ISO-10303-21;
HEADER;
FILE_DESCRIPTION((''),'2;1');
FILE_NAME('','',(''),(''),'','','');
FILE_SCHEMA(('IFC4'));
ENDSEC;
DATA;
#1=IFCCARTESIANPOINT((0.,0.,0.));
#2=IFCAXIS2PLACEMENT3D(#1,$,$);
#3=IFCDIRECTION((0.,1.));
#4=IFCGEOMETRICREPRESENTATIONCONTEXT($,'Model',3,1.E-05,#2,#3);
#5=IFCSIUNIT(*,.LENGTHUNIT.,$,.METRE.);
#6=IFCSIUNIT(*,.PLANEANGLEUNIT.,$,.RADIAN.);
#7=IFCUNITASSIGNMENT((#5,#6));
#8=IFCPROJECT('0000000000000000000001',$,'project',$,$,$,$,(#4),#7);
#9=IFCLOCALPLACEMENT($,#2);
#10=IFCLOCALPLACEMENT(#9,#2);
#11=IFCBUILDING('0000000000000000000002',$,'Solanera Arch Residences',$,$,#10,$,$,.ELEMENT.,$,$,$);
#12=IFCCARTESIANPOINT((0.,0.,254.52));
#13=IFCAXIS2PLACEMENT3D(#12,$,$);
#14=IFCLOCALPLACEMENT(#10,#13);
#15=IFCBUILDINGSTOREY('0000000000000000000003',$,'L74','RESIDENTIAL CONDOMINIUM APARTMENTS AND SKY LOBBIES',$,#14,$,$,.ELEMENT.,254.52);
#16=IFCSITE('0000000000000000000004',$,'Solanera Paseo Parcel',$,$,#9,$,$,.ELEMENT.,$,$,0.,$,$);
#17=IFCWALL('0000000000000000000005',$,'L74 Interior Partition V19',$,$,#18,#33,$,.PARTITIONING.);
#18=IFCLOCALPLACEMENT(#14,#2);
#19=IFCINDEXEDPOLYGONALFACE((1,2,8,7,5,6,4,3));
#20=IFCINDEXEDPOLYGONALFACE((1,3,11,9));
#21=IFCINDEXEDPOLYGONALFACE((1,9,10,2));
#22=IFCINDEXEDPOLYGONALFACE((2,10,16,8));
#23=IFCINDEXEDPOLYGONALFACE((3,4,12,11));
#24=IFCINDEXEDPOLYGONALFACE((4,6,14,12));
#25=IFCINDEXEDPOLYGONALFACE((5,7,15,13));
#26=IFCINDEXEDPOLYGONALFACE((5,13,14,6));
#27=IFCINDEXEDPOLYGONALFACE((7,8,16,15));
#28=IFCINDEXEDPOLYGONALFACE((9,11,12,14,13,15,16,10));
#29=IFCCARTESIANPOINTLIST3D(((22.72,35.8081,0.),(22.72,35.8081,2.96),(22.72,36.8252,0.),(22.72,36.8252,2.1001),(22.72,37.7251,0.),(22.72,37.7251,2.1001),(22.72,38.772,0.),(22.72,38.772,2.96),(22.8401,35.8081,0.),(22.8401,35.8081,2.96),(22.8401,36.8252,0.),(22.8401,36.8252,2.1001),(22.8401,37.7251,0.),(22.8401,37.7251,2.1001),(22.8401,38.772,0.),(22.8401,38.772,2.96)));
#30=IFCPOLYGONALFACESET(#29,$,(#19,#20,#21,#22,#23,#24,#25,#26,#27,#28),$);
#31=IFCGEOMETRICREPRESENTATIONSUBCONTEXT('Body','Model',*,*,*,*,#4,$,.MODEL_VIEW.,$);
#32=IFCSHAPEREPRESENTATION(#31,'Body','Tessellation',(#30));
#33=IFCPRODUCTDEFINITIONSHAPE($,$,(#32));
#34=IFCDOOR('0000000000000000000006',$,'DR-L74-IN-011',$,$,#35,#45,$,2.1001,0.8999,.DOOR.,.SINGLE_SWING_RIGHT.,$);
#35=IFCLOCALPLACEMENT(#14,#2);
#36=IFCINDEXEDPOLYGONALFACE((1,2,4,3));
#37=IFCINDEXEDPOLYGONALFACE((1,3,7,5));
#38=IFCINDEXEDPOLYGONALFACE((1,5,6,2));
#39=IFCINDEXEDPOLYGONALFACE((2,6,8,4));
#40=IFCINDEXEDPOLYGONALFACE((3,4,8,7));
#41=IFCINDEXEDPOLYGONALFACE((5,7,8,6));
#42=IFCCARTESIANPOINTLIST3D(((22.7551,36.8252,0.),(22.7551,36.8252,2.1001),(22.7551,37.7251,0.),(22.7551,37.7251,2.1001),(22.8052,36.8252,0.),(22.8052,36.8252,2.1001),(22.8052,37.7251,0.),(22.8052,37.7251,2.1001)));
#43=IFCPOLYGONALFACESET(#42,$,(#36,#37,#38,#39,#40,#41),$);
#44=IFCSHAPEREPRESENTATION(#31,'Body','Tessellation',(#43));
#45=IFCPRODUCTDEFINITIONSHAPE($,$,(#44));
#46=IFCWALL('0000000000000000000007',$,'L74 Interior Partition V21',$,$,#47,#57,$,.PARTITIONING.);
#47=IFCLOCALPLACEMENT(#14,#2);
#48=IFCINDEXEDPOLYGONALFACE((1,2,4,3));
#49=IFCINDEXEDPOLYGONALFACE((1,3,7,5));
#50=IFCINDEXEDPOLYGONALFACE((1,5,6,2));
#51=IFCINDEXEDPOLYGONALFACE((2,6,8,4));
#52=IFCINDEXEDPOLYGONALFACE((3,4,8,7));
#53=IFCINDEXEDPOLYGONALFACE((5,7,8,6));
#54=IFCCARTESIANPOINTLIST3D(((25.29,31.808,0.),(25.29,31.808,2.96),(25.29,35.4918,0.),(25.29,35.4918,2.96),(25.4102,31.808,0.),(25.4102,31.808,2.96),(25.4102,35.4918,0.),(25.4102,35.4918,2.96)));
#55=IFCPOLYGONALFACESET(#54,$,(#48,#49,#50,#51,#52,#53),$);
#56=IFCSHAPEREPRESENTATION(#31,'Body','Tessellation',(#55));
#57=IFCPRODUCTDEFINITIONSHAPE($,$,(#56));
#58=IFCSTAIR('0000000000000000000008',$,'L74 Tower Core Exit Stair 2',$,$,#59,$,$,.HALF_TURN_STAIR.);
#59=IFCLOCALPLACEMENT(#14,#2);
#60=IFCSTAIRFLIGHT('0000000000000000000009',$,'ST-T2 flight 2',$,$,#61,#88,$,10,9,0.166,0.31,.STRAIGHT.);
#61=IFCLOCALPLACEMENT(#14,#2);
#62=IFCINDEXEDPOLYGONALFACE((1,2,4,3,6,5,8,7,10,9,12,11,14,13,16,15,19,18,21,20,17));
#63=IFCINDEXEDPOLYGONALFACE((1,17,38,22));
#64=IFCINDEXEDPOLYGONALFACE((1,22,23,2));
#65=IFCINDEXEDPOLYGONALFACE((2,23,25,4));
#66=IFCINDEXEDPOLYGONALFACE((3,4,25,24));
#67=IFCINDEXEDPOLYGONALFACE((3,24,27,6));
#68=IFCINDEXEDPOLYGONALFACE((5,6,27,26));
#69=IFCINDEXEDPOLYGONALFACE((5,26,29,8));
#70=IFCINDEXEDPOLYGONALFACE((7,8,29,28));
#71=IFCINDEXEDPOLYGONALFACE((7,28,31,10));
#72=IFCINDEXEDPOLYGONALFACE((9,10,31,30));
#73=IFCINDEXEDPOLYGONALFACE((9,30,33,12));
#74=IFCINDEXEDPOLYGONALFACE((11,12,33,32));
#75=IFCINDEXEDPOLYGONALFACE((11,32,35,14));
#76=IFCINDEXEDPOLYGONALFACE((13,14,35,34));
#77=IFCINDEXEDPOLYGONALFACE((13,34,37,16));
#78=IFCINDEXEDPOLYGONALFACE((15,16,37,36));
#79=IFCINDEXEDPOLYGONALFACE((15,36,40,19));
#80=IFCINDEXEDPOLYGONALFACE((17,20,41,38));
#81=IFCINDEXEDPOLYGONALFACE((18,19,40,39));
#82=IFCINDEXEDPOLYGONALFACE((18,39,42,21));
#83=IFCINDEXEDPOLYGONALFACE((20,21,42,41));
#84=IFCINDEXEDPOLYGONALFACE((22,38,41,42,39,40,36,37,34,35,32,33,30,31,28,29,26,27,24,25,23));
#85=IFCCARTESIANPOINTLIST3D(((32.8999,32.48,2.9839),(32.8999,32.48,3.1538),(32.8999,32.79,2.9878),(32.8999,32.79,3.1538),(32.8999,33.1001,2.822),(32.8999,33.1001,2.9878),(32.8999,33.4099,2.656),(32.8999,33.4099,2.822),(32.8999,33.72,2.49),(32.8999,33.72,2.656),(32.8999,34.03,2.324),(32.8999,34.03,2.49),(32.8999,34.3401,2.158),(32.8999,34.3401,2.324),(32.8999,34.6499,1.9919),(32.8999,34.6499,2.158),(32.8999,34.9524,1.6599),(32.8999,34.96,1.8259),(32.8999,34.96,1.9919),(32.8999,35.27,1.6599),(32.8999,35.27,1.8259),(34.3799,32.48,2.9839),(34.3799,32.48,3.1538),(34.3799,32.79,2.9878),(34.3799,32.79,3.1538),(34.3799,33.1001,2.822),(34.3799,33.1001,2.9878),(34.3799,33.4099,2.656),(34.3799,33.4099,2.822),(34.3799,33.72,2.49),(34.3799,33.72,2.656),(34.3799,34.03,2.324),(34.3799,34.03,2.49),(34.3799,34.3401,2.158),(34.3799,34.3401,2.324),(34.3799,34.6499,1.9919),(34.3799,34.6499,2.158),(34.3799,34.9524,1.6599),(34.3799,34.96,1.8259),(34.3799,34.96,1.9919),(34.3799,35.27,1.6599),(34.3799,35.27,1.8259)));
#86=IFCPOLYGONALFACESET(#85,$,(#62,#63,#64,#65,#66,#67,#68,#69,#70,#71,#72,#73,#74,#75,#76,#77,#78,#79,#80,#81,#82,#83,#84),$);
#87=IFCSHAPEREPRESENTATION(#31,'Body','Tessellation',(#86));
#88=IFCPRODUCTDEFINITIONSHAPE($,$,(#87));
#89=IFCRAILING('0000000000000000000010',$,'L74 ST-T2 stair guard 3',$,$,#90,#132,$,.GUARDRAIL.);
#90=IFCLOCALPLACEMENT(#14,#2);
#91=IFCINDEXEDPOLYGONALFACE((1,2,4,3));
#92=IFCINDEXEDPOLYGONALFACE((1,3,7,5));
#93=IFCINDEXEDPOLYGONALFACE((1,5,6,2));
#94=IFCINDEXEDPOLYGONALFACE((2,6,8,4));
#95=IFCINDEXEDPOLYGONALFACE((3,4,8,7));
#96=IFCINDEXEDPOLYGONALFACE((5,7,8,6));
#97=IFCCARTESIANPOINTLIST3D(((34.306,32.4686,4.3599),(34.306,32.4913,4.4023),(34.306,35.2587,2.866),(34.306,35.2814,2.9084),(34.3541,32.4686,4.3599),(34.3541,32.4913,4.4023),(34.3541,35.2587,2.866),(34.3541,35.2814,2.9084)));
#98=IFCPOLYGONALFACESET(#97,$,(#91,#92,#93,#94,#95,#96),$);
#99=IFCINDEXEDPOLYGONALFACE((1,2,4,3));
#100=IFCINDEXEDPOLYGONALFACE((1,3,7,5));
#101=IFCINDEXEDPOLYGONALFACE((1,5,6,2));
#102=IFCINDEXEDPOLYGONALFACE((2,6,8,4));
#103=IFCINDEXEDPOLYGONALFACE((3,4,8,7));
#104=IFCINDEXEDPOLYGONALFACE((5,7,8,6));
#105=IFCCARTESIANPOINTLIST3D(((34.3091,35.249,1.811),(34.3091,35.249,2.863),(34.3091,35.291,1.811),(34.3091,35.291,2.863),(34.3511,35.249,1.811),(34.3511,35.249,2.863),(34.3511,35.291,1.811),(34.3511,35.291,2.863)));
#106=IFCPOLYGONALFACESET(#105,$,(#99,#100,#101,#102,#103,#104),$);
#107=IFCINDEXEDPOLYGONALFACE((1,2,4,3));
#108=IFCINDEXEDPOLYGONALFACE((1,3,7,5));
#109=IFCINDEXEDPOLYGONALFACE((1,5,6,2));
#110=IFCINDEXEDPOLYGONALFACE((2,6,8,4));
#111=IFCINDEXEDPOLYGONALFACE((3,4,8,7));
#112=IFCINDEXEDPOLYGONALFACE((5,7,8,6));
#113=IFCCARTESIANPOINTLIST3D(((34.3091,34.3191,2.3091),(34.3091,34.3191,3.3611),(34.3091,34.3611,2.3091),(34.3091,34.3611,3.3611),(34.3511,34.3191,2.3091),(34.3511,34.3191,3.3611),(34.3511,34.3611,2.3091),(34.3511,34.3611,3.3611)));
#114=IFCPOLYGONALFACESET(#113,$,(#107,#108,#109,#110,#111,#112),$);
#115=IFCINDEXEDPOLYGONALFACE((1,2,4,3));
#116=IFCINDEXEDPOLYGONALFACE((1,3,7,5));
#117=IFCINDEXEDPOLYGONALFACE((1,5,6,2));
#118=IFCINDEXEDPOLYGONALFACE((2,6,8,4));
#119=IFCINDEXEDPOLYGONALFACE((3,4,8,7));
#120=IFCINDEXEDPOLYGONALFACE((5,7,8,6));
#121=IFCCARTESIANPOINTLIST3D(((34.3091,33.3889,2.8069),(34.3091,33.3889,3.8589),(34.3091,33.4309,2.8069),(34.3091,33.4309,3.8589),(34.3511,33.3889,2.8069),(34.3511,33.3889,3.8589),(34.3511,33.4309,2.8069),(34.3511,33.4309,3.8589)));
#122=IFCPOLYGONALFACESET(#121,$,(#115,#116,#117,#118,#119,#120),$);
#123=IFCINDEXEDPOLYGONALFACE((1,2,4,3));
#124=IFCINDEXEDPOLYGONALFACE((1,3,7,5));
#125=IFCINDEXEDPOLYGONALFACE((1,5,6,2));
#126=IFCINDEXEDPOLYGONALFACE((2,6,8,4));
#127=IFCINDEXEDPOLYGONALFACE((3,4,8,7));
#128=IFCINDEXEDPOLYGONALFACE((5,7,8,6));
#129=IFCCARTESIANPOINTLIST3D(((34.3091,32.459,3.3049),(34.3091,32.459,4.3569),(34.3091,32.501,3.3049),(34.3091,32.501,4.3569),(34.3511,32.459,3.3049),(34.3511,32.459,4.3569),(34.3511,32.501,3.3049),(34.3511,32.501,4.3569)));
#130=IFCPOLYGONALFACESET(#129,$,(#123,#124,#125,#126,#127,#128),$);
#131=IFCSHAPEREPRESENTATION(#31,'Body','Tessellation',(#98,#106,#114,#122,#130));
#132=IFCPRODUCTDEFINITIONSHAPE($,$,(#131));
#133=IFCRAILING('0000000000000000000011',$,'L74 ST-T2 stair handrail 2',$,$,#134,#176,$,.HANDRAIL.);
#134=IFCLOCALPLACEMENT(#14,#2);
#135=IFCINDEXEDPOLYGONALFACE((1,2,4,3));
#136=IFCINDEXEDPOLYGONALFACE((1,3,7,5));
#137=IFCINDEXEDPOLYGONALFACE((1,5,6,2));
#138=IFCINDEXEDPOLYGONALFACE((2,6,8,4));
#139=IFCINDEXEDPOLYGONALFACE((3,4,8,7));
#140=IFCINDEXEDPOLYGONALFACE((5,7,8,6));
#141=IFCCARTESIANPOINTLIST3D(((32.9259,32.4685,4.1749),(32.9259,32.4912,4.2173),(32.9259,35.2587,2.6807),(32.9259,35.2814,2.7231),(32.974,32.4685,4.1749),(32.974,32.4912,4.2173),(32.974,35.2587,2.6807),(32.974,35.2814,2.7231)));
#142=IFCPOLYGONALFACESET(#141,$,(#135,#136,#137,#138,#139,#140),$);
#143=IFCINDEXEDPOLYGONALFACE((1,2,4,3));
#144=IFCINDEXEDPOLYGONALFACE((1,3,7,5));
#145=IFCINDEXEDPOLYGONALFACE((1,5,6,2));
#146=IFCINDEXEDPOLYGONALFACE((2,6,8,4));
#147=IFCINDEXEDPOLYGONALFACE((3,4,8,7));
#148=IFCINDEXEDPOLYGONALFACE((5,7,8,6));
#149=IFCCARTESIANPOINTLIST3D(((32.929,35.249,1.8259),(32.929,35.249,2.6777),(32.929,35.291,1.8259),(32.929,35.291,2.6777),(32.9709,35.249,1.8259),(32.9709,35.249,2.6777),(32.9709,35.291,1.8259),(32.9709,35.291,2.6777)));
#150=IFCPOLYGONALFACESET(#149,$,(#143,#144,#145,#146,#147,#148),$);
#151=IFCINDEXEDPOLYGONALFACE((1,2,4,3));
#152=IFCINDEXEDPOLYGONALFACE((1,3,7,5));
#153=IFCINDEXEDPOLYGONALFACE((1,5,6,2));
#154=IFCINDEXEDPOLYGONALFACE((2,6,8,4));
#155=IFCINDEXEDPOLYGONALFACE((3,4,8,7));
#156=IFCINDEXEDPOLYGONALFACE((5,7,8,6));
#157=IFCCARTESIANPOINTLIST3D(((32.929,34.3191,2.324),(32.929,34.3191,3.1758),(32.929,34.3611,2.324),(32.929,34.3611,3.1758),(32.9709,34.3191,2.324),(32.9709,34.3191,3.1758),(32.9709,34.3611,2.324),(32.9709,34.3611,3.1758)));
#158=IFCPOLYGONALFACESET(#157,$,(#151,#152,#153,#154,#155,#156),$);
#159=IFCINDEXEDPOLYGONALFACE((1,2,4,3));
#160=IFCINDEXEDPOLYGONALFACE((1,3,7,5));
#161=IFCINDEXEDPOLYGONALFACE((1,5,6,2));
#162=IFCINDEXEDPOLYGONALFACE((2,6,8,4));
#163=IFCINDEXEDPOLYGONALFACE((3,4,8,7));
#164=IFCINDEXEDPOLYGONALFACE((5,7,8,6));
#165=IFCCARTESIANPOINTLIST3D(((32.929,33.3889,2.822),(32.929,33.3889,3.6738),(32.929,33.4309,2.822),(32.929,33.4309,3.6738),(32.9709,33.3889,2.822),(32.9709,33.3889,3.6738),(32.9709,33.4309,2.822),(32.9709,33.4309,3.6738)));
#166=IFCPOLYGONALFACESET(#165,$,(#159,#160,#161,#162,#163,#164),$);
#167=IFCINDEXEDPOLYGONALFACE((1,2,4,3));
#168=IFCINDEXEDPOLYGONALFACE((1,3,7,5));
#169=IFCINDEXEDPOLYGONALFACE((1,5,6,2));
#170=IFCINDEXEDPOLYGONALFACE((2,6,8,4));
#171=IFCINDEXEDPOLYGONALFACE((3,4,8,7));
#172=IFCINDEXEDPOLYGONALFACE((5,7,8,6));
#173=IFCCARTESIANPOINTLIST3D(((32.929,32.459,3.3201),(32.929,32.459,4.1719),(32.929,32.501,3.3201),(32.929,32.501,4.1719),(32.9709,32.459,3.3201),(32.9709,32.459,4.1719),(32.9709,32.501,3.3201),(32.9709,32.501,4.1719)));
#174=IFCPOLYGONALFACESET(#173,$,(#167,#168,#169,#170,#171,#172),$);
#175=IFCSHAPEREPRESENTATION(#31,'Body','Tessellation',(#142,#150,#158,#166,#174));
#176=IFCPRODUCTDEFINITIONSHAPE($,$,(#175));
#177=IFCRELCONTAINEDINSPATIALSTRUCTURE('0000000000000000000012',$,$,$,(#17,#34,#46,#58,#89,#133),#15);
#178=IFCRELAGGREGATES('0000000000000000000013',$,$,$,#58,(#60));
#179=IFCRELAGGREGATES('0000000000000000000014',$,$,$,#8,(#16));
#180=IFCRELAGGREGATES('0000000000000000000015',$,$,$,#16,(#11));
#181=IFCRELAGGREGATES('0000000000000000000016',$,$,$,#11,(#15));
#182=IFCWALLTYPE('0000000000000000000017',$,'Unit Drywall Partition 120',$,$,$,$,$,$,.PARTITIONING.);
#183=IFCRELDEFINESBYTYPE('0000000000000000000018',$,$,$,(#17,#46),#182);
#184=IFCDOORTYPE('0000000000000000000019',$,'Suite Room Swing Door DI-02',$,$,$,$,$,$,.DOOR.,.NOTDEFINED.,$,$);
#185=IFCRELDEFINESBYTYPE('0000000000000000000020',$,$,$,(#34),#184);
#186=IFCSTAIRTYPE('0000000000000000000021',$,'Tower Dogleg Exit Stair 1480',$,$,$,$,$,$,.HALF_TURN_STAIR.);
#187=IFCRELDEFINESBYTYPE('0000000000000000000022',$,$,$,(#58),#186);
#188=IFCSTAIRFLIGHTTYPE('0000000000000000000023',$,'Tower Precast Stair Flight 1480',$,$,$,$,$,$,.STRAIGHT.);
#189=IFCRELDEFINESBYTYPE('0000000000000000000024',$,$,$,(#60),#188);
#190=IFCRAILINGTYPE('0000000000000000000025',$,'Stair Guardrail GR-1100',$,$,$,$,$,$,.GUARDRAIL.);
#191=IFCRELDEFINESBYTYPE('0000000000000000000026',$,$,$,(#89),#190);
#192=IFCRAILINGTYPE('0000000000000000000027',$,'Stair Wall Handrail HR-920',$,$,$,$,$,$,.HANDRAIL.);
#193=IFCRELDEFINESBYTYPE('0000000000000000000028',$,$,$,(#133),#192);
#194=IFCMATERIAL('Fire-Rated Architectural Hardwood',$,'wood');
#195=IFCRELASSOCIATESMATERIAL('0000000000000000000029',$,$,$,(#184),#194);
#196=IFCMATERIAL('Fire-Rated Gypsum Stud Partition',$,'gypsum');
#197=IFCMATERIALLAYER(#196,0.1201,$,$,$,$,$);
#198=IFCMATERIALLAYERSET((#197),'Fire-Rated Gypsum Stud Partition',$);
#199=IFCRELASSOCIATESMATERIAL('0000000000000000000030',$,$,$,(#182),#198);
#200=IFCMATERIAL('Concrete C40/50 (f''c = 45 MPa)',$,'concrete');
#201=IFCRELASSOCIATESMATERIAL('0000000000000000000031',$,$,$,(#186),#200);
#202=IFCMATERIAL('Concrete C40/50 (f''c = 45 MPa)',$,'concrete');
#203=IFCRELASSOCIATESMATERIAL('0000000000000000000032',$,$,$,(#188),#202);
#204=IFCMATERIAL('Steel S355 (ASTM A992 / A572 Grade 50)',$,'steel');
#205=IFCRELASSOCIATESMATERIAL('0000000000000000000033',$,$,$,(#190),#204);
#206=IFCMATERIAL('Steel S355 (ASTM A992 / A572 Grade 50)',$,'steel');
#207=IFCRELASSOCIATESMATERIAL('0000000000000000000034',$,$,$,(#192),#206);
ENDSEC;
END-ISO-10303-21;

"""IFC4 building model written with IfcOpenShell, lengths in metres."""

from ifc_helpers import new_model, si_unit, direction, frame, frame_2d, origin, origin_2d, place, context, subcontext, project, spatial, polyline, rectangle, outline, extrude, material, layer, layer_set, type_object, element, fill, aggregate, save


model = new_model("IFC4")

# Units and contexts
model_context = context("Model", 3, precision=1e-05, world=origin(), true_north=direction((0.0, 1.0)))
body_context = subcontext(model_context, "Body", "Model", "MODEL_VIEW")
ifc_project = project(units=[si_unit("LENGTHUNIT", "METRE"), si_unit("PLANEANGLEUNIT", "RADIAN")], contexts=[model_context])

# Site, building, storey
site_placement = place(None, origin())
site = spatial("IfcSite", under=ifc_project, at=site_placement, Name="Solanera Paseo Parcel", CompositionType="ELEMENT", RefElevation=0.0)
building_placement = place(site_placement, origin())
building = spatial("IfcBuilding", under=site, at=building_placement, Name="Solanera Arch Residences", CompositionType="ELEMENT")
storey_placement = place(building_placement, frame((0.0, 0.0, 254.52)))
storey = spatial("IfcBuildingStorey", under=building, at=storey_placement, Name="L74", Description="RESIDENTIAL CONDOMINIUM APARTMENTS AND SKY LOBBIES", CompositionType="ELEMENT", Elevation=254.52)

# Shared definitions
ifc_material_1 = material(Name="Fire-Rated Architectural Hardwood", Category="wood")
door_type_1 = type_object("IfcDoorType", Name="Suite Room Swing Door DI-02", OperationType="NOTDEFINED", PredefinedType="DOOR", material=ifc_material_1)

# Wall, opening, door
ifc_material_2 = material(Name="Fire-Rated Gypsum Stud Partition", Category="gypsum")
ifc_layer_1 = layer(ifc_material_2, 0.1201)
ifc_layer_set_1 = layer_set([ifc_layer_1], Name="Fire-Rated Gypsum Stud Partition")
wall_type_1 = type_object("IfcWallType", Name="Unit Drywall Partition 120", PredefinedType="PARTITIONING", material=ifc_layer_set_1)
wall_1_placement = place(storey_placement, frame((22.78, 35.8081, 0.0), z_axis=(0.0, 0.0, 1.0), x_axis=(0.0, 1.0, 0.0)))
wall_1 = element("IfcWall", 1, at=wall_1_placement, inside=storey, type_object=wall_type_1, Name="L74 Interior Partition V19", PredefinedType="PARTITIONING", context=body_context, shape_type="SweptSolid", body=[
    extrude(rectangle(XDim=2.9639, YDim=0.1201, at=frame_2d((1.4819, 0.0))), origin(), (0.0, 0.0, 1.0), 2.96),
])
opening_1_placement = place(wall_1_placement, frame((1.0171, 0.0, 0.0)))
opening_1 = element("IfcOpeningElement", 2, at=opening_1_placement, cuts=wall_1, PredefinedType="OPENING", context=body_context, shape_type="SweptSolid", body=[
    extrude(rectangle(XDim=0.8999, YDim=2.1001, at=frame_2d((0.45, 1.05))), frame((0.0, 0.0701, 0.0), z_axis=(0.0, -1.0, 0.0), x_axis=(1.0, 0.0, 0.0)), (0.0, 0.0, 1.0), 0.1401),
])
door_1_placement = place(opening_1_placement, origin())
door_1 = element("IfcDoor", 3, at=door_1_placement, inside=storey, type_object=door_type_1, Name="DR-L74-IN-011", OperationType="SINGLE_SWING_RIGHT", OverallHeight=2.1001, OverallWidth=0.8999, PredefinedType="DOOR", context=body_context, shape_type="SweptSolid", body=[
    extrude(rectangle(XDim=0.8999, YDim=2.1001, at=frame_2d((0.45, 1.05))), frame((0.0, 0.0249, 0.0), z_axis=(0.0, -1.0, 0.0), x_axis=(1.0, 0.0, 0.0)), (0.0, 0.0, 1.0), 0.05),
])
fill(opening_1, door_1)

# Wall
wall_2_placement = place(storey_placement, frame((25.3501, 31.8081, 0.0), z_axis=(0.0, 0.0, 1.0), x_axis=(0.0, 1.0, 0.0)))
element("IfcWall", 4, at=wall_2_placement, inside=storey, type_object=wall_type_1, Name="L74 Interior Partition V21", PredefinedType="PARTITIONING", context=body_context, shape_type="SweptSolid", body=[
    extrude(rectangle(XDim=3.6838, YDim=0.1201, at=frame_2d((1.8418, 0.0))), origin(), (0.0, 0.0, 1.0), 2.96),
])

# Stair, stair flight
ifc_material_3 = material(Name="Concrete C40/50 (f'c = 45 MPa)", Category="concrete")
stair_type = type_object("IfcStairType", Name="Tower Dogleg Exit Stair 1480", PredefinedType="HALF_TURN_STAIR", material=ifc_material_3)
stair_placement = place(storey_placement, origin())
stair = element("IfcStair", 5, at=stair_placement, inside=storey, type_object=stair_type, Name="L74 Tower Core Exit Stair 2", PredefinedType="HALF_TURN_STAIR")
ifc_material_4 = material(Name="Concrete C40/50 (f'c = 45 MPa)", Category="concrete")
stair_flight_type = type_object("IfcStairFlightType", Name="Tower Precast Stair Flight 1480", PredefinedType="STRAIGHT", material=ifc_material_4)
stair_flight_placement = place(storey_placement, frame((33.6399, 35.27, 1.6599), z_axis=(0.0, 0.0, 1.0), x_axis=(0.0, -1.0, 0.0)))
stair_flight = element("IfcStairFlight", 6, at=stair_flight_placement, type_object=stair_flight_type, Name="ST-T2 flight 2", NumberOfRisers=10, NumberOfTreads=9, PredefinedType="STRAIGHT", RiserHeight=0.166, TreadLength=0.31, context=body_context, shape_type="SweptSolid", body=[
    extrude(outline(polyline([(0.0, 0.0), (0.0, 0.166), (0.3101, 0.166), (0.3101, 0.332), (0.6201, 0.332), (0.6201, 0.498), (0.9299, 0.498), (0.9299, 0.6641), (1.24, 0.6641), (1.24, 0.8301), (1.55, 0.8301), (1.55, 0.9961), (1.8601, 0.9961), (1.8601, 1.1621), (2.1699, 1.1621), (2.1699, 1.3279), (2.48, 1.3279), (2.48, 1.4939), (2.79, 1.4939), (2.79, 1.6599), (2.79, 1.324), (0.3176, 0.0), (0.0, 0.0)])), frame((0.0, 0.74, 0.0), z_axis=(0.0, -1.0, 0.0), x_axis=(1.0, 0.0, 0.0)), (0.0, 0.0, 1.0), 1.48),
])
aggregate(stair, [stair_flight])

# Railings
ifc_material_5 = material(Name="Steel S355 (ASTM A992 / A572 Grade 50)", Category="steel")
railing_type_1 = type_object("IfcRailingType", Name="Stair Guardrail GR-1100", PredefinedType="GUARDRAIL", material=ifc_material_5)
railing_1_placement = place(storey_placement, frame((34.3301, 35.27, 1.811)))
element("IfcRailing", 7, at=railing_1_placement, inside=storey, type_object=railing_type_1, Name="L74 ST-T2 stair guard 3", PredefinedType="GUARDRAIL", context=body_context, shape_type="SweptSolid", body=[
    extrude(rectangle(XDim=0.0481, YDim=0.0481, at=origin_2d()), frame((0.0, 0.0, 1.0762), z_axis=(0.0, -0.881581, 0.472033), x_axis=(1.0, 0.0, 0.0)), (0.0, 0.0, 1.0), 3.1648),
    extrude(rectangle(XDim=0.042, YDim=0.042, at=origin_2d()), origin(), (0.0, 0.0, 1.0), 1.052),
    extrude(rectangle(XDim=0.042, YDim=0.042, at=origin_2d()), frame((0.0, -0.9299, 0.498)), (0.0, 0.0, 1.0), 1.052),
    extrude(rectangle(XDim=0.042, YDim=0.042, at=origin_2d()), frame((0.0, -1.8601, 0.9958)), (0.0, 0.0, 1.0), 1.052),
    extrude(rectangle(XDim=0.042, YDim=0.042, at=origin_2d()), frame((0.0, -2.79, 1.4939)), (0.0, 0.0, 1.0), 1.052),
])
ifc_material_6 = material(Name="Steel S355 (ASTM A992 / A572 Grade 50)", Category="steel")
railing_type_2 = type_object("IfcRailingType", Name="Stair Wall Handrail HR-920", PredefinedType="HANDRAIL", material=ifc_material_6)
railing_2_placement = place(storey_placement, frame((32.95, 35.27, 1.8259)))
element("IfcRailing", 8, at=railing_2_placement, inside=storey, type_object=railing_type_2, Name="L74 ST-T2 stair handrail 2", PredefinedType="HANDRAIL", context=body_context, shape_type="SweptSolid", body=[
    extrude(rectangle(XDim=0.0481, YDim=0.0481, at=origin_2d()), frame((0.0, 0.0, 0.876), z_axis=(0.0, -0.881549, 0.472093), x_axis=(1.0, 0.0, 0.0)), (0.0, 0.0, 1.0), 3.165),
    extrude(rectangle(XDim=0.042, YDim=0.042, at=origin_2d()), origin(), (0.0, 0.0, 1.0), 0.8518),
    extrude(rectangle(XDim=0.042, YDim=0.042, at=origin_2d()), frame((0.0, -0.9299, 0.498)), (0.0, 0.0, 1.0), 0.8518),
    extrude(rectangle(XDim=0.042, YDim=0.042, at=origin_2d()), frame((0.0, -1.8601, 0.9961)), (0.0, 0.0, 1.0), 0.8518),
    extrude(rectangle(XDim=0.042, YDim=0.042, at=origin_2d()), frame((0.0, -2.79, 1.4941)), (0.0, 0.0, 1.0), 0.8518),
])

save(model, "model.ifc")
